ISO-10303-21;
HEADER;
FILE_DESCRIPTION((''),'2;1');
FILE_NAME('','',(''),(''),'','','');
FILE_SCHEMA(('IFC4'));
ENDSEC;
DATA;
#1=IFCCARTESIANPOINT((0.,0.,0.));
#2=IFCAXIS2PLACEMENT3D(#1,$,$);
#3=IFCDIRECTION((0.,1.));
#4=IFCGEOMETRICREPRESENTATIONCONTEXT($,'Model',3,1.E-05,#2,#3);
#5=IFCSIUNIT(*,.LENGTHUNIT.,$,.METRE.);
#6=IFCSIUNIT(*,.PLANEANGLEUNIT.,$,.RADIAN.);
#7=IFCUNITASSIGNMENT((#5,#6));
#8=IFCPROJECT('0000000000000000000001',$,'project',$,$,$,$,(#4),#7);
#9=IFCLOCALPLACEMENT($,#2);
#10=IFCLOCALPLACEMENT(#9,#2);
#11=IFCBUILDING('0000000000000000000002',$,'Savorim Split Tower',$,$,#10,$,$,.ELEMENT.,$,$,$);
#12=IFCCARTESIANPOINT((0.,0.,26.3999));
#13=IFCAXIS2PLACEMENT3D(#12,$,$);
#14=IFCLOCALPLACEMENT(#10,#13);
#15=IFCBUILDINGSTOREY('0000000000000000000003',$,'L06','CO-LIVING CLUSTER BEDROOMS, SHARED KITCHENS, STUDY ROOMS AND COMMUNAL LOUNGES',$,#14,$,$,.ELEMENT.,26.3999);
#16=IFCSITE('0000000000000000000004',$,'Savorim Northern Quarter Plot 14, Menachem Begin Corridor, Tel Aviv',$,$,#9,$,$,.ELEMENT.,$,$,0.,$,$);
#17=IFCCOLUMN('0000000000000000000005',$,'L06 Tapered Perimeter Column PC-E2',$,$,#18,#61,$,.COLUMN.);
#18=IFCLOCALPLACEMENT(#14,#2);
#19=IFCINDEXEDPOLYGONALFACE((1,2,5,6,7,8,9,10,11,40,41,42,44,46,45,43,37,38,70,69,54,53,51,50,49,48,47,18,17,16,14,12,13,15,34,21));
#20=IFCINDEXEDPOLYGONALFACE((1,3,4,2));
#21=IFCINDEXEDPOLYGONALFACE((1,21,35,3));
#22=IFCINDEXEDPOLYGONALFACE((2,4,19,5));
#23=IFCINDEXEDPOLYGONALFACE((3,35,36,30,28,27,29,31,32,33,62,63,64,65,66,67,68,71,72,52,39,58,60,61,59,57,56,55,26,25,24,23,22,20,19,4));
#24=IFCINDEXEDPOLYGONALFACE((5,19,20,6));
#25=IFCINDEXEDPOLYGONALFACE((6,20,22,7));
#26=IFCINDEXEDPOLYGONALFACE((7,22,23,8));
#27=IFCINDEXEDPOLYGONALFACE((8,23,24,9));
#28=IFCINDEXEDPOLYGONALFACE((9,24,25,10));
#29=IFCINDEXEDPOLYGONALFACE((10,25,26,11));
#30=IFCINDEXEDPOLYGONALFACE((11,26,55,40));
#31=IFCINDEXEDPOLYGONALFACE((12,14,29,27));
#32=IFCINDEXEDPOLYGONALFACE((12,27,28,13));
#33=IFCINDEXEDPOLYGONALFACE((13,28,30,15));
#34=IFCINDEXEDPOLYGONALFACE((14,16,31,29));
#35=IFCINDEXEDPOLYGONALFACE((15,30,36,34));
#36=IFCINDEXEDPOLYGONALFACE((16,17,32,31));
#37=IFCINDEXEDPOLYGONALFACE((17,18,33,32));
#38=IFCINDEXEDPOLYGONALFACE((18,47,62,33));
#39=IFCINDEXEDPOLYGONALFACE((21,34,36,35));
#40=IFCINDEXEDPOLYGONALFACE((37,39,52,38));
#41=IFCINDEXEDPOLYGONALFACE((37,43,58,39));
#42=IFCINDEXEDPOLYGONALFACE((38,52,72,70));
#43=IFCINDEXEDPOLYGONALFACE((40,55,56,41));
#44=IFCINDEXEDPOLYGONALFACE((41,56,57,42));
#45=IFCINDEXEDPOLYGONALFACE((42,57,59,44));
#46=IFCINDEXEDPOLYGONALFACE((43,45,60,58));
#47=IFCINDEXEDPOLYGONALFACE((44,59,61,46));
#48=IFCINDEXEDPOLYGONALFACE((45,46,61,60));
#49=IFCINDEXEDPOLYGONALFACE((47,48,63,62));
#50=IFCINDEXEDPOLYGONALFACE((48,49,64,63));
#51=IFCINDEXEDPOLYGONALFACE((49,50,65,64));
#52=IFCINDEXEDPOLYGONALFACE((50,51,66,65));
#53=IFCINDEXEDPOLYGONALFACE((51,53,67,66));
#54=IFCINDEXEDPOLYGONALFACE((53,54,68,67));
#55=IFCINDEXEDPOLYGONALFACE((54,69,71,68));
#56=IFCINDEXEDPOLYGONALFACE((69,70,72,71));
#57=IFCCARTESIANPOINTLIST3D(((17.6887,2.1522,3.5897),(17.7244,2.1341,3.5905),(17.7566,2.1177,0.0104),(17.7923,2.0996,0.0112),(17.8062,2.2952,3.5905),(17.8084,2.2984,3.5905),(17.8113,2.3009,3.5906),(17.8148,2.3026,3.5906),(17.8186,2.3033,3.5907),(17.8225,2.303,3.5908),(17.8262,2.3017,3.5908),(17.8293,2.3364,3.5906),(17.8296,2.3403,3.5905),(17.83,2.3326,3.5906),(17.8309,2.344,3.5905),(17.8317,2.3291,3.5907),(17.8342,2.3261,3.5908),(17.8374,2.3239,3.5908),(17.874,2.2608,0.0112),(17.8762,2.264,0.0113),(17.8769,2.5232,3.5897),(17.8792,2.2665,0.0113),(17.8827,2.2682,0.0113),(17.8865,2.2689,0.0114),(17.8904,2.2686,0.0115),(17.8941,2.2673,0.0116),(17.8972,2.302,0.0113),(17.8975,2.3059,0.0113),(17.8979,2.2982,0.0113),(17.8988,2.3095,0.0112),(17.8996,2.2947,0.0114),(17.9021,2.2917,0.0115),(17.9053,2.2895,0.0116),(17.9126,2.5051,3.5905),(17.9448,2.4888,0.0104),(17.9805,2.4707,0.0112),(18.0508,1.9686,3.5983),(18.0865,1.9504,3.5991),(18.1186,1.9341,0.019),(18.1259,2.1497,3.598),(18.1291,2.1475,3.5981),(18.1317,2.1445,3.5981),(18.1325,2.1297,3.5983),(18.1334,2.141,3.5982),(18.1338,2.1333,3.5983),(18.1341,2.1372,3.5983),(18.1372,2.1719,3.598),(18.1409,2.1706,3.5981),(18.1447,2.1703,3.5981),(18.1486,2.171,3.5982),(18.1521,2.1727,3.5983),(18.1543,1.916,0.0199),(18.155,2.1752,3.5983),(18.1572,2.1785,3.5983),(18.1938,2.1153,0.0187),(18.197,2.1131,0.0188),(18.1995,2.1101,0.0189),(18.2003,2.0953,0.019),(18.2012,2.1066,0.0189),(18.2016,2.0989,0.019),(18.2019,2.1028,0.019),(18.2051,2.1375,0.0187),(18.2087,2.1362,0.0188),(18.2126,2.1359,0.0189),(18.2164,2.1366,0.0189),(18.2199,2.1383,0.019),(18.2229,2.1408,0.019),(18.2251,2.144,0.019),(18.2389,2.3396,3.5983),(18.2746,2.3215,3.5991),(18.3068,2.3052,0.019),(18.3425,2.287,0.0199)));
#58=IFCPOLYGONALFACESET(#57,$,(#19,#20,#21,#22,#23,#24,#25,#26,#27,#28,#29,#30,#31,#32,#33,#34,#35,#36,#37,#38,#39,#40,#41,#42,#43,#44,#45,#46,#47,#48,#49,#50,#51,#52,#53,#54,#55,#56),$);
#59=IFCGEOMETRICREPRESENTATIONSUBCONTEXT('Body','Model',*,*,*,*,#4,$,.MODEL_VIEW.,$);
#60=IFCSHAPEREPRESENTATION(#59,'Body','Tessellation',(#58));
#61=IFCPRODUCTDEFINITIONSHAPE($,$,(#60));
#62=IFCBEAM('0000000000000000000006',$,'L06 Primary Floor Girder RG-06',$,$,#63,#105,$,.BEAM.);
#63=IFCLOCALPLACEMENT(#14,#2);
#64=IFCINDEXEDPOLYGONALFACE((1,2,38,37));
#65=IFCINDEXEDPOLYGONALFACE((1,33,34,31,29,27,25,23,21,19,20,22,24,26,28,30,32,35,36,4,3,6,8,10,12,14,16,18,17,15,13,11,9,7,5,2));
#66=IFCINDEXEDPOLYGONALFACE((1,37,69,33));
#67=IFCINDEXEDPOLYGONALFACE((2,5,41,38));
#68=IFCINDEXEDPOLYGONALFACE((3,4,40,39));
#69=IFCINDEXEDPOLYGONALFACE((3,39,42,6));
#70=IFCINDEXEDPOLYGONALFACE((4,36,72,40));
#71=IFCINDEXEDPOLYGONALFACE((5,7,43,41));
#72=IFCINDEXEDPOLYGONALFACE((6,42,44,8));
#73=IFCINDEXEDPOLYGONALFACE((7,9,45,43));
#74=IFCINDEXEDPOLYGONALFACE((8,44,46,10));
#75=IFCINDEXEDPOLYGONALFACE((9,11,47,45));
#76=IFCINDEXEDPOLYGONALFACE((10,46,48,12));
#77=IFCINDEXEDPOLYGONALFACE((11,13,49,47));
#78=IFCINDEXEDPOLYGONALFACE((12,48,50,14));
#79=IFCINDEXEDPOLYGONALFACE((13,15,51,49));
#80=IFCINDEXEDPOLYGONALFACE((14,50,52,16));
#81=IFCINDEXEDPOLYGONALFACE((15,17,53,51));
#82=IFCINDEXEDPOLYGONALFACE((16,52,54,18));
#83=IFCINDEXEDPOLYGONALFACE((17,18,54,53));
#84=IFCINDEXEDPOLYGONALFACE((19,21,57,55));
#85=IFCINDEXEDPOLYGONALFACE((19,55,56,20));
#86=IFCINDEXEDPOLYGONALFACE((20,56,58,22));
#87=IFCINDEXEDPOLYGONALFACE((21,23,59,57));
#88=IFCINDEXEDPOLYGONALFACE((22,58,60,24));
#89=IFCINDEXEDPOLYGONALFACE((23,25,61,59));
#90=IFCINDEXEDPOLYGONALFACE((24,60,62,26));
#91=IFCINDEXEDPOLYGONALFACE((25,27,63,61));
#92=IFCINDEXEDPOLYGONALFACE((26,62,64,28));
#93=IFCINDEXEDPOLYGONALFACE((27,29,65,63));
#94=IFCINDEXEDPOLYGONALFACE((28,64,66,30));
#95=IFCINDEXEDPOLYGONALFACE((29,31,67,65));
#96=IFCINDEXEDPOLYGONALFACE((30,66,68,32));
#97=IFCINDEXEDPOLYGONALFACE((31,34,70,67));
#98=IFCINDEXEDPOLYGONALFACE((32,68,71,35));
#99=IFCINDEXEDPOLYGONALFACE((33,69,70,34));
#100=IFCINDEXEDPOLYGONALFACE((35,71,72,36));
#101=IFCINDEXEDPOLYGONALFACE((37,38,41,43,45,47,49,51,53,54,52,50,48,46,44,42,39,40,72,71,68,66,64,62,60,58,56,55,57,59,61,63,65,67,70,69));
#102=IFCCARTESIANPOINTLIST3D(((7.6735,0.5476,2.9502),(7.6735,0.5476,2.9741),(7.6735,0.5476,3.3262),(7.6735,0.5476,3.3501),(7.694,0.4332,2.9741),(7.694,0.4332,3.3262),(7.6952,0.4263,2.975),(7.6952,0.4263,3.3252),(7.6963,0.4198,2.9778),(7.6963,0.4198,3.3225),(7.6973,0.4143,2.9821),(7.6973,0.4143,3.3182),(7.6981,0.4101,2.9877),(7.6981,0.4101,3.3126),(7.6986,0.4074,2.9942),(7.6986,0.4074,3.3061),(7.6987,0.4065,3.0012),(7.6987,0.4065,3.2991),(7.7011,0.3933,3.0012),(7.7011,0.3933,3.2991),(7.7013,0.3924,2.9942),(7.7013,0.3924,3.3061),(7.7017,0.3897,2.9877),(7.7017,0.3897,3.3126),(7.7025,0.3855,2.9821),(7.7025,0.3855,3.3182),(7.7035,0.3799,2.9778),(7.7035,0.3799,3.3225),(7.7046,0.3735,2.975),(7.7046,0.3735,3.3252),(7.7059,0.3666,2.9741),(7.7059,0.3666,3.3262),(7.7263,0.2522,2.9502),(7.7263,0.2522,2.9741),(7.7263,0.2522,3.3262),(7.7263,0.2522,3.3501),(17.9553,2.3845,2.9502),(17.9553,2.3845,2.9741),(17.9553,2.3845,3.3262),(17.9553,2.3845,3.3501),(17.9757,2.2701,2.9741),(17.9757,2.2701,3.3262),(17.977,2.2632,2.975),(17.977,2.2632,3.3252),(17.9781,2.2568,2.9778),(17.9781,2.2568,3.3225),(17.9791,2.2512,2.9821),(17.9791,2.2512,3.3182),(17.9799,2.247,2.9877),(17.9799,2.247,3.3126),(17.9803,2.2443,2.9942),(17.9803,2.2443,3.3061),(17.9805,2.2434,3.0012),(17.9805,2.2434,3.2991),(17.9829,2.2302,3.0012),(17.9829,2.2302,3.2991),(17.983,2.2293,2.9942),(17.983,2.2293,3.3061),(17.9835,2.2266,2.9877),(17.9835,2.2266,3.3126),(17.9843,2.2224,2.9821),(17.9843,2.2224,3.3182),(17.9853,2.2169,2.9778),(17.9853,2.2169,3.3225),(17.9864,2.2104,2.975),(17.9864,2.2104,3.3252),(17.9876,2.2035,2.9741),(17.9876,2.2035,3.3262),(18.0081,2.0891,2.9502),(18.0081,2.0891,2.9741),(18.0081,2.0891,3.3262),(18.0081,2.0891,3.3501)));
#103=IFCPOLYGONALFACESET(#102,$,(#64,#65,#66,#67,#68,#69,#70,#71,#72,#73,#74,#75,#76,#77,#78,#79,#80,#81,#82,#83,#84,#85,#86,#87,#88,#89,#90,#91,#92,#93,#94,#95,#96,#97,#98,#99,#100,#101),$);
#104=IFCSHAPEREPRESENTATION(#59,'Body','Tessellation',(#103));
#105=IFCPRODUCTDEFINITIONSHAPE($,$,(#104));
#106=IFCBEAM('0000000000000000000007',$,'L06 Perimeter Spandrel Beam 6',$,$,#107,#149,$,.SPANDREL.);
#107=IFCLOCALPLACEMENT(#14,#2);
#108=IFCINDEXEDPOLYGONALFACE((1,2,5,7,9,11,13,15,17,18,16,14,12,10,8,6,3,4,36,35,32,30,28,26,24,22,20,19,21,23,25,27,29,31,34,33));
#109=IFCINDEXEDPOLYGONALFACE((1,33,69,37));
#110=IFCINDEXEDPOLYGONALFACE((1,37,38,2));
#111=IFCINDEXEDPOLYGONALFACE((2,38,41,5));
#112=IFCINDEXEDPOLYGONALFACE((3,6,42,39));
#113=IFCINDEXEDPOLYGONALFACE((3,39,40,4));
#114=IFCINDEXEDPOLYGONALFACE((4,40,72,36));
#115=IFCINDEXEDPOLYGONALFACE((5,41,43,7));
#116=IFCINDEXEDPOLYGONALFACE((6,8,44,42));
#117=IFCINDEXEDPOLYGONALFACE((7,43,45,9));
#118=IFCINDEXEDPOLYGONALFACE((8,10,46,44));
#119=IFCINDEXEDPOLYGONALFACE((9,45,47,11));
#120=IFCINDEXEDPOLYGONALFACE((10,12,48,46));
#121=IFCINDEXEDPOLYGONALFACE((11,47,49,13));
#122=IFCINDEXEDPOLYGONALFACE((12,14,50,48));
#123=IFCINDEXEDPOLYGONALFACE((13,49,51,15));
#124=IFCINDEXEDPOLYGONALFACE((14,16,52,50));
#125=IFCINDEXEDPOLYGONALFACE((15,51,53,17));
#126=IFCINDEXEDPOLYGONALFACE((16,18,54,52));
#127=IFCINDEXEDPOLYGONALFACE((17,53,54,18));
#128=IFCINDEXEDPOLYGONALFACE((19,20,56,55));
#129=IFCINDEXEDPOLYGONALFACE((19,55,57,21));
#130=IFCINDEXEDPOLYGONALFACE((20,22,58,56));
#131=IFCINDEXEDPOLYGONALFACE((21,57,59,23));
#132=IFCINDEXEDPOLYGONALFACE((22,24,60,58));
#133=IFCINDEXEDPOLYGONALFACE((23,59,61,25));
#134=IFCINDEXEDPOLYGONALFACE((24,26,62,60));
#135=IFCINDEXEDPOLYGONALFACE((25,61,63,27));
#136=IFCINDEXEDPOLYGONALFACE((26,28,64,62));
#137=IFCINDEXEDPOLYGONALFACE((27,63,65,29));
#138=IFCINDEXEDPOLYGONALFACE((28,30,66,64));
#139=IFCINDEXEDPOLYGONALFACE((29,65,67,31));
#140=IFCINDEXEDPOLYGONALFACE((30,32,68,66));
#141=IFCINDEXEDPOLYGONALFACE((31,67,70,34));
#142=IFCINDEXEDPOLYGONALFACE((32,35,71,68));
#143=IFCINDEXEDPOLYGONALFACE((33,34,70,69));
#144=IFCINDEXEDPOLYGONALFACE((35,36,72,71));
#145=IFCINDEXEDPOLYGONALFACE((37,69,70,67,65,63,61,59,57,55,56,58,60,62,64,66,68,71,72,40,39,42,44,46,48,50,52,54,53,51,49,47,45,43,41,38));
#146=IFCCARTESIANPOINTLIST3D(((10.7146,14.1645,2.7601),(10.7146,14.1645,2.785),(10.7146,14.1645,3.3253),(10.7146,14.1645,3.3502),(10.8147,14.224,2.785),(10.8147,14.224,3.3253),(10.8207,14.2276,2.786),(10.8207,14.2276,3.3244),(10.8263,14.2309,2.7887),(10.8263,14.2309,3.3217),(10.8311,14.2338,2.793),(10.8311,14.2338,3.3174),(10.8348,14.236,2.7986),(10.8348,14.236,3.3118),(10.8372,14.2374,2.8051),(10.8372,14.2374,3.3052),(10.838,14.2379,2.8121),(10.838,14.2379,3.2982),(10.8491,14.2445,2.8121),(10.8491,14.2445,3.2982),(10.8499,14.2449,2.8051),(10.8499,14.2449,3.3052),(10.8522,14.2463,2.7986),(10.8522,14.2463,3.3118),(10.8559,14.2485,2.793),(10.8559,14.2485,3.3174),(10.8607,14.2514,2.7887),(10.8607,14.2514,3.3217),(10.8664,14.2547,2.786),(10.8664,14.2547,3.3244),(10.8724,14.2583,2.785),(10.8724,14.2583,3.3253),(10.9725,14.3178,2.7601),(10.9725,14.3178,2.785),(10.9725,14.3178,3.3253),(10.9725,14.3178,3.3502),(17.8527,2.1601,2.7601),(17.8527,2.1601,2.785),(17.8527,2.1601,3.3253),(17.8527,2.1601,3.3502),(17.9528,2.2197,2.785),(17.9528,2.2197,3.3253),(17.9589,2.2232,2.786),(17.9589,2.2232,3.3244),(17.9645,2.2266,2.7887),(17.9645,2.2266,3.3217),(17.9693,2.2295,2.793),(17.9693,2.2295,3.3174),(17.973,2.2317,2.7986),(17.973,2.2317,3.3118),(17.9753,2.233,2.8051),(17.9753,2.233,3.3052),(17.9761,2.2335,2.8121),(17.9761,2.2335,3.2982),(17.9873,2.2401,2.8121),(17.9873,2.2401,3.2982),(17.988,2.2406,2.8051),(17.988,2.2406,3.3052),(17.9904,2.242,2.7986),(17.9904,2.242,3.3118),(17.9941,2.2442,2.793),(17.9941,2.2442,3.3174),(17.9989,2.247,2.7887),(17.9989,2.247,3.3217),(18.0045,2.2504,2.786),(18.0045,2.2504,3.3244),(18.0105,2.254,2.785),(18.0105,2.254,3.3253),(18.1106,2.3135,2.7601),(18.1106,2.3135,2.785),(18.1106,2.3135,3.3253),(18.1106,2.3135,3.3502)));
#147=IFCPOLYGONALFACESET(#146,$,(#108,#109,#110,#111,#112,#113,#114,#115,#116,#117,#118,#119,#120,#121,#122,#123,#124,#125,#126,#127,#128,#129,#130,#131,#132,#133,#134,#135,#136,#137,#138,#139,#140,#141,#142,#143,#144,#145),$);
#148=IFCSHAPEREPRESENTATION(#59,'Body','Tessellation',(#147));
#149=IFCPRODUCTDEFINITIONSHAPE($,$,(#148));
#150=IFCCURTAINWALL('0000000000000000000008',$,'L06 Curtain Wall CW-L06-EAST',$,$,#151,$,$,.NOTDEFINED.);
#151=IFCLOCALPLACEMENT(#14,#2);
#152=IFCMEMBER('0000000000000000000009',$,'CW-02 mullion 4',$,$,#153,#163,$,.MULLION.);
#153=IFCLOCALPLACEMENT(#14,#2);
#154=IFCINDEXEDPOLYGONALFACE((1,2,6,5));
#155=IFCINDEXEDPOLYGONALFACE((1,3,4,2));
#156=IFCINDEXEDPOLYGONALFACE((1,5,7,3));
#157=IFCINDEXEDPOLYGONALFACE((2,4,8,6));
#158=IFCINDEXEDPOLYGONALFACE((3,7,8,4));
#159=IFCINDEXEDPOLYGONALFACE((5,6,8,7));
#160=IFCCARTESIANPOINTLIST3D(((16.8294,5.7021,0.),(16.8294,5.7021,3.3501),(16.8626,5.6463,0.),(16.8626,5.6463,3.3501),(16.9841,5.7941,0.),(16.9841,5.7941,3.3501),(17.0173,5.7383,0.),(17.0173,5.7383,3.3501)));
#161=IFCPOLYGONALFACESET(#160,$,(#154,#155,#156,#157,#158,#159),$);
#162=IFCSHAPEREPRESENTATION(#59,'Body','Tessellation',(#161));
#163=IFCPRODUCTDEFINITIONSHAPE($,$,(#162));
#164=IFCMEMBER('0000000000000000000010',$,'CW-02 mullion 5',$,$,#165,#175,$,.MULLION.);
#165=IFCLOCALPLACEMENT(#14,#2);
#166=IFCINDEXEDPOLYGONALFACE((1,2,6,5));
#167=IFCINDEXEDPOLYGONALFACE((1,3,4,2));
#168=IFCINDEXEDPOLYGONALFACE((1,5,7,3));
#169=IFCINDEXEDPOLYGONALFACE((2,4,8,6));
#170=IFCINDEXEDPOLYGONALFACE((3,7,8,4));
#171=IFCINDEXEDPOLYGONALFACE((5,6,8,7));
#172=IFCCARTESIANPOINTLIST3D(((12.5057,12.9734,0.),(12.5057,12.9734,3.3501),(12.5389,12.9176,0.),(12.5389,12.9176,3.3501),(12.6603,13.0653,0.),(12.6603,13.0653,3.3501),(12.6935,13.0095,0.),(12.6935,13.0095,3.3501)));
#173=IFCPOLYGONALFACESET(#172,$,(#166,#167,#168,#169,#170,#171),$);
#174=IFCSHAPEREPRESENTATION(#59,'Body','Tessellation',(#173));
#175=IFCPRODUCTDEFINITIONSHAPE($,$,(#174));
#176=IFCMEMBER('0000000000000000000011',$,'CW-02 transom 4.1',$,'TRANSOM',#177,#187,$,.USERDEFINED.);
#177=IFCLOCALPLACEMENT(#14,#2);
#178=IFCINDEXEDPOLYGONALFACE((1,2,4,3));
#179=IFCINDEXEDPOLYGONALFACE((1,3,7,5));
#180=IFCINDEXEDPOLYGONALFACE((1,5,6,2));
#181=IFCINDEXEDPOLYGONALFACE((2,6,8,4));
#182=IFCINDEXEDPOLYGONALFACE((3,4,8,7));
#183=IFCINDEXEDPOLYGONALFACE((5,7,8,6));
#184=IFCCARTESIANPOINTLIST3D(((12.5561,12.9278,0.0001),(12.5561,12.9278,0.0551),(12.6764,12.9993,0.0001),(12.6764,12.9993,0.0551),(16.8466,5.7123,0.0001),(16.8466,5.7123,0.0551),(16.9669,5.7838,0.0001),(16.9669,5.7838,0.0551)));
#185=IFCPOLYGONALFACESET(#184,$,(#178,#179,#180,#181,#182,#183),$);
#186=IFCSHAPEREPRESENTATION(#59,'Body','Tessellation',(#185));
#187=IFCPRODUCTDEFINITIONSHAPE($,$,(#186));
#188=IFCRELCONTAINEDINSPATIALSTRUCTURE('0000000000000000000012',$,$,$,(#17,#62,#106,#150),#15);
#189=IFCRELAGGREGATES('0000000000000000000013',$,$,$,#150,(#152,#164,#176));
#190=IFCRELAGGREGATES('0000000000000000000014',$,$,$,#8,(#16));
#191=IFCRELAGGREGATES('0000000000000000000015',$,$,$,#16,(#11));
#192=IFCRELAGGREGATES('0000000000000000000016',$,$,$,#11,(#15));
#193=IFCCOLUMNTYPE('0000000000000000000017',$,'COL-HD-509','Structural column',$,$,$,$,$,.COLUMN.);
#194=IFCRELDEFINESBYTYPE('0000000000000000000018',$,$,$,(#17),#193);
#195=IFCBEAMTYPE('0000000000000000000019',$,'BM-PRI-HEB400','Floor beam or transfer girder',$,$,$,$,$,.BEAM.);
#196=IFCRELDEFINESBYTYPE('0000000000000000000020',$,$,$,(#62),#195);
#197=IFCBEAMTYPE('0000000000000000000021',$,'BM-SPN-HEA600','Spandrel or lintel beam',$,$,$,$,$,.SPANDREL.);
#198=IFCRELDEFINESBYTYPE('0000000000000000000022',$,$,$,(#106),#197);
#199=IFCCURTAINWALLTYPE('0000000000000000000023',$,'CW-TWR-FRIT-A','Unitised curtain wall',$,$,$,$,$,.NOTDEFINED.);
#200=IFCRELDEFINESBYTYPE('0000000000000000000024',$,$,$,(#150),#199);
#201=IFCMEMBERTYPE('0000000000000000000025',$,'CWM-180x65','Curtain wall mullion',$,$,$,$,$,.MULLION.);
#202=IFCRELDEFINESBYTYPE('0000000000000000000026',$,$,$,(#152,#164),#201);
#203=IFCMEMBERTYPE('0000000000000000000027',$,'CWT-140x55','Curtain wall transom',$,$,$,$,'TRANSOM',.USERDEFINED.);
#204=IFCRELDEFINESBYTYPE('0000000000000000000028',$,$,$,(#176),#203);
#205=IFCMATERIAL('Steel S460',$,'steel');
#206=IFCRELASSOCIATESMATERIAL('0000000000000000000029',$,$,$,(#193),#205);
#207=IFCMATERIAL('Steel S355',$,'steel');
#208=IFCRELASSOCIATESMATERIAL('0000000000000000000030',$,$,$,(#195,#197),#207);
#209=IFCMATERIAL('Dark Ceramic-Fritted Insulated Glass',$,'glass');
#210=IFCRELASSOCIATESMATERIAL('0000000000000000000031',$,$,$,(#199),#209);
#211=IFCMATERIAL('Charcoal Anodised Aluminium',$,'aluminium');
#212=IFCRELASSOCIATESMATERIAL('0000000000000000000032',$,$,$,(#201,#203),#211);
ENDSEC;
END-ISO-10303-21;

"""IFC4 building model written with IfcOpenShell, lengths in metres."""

from ifc_helpers import new_model, si_unit, direction, frame, origin, origin_2d, place, context, subcontext, project, spatial, rectangle, i_section, extrude, material, material_profile, profile_set, type_object, element, aggregate, save


model = new_model("IFC4")

# Units and contexts
model_context = context("Model", 3, precision=1e-05, world=origin(), true_north=direction((0.0, 1.0)))
body_context = subcontext(model_context, "Body", "Model", "MODEL_VIEW")
ifc_project = project(units=[si_unit("LENGTHUNIT", "METRE"), si_unit("PLANEANGLEUNIT", "RADIAN")], contexts=[model_context])

# Site, building, storey
site_placement = place(None, origin())
site = spatial("IfcSite", under=ifc_project, at=site_placement, Name="Savorim Northern Quarter Plot 14, Menachem Begin Corridor, Tel Aviv", CompositionType="ELEMENT", RefElevation=0.0)
building_placement = place(site_placement, origin())
building = spatial("IfcBuilding", under=site, at=building_placement, Name="Savorim Split Tower", CompositionType="ELEMENT")
storey_placement = place(building_placement, frame((0.0, 0.0, 26.3999)))
storey = spatial("IfcBuildingStorey", under=building, at=storey_placement, Name="L06", Description="CO-LIVING CLUSTER BEDROOMS, SHARED KITCHENS, STUDY ROOMS AND COMMUNAL LOUNGES", CompositionType="ELEMENT", Elevation=26.3999)

# Column
ifc_material_1 = material(Name="Steel S460", Category="steel")
ifc_material_profile_1 = material_profile(ifc_material_1, i_section(OverallWidth=0.416, OverallDepth=0.446, WebThickness=0.0249, FlangeThickness=0.04, FilletRadius=0.0149, at=origin_2d()), Name="HD 400x509")
ifc_profile_set_1 = profile_set([ifc_material_profile_1], Name="Steel S460")
column_type = type_object("IfcColumnType", Name="COL-HD-509", Description="Structural column", PredefinedType="COLUMN", material=ifc_profile_set_1)
column_placement = place(storey_placement, frame((18.0496, 2.2024, 0.0151), z_axis=(-0.018958, 0.009615, 0.999774), x_axis=(-0.452339, -0.891846, 0.0)))
element("IfcColumn", 1, at=column_placement, inside=storey, type_object=column_type, Name="L06 Tapered Perimeter Column PC-E2", PredefinedType="COLUMN", context=body_context, shape_type="SweptSolid", body=[
    extrude(i_section(OverallWidth=0.416, OverallDepth=0.446, WebThickness=0.0249, FlangeThickness=0.04, FilletRadius=0.0149, at=origin_2d()), origin(), (0.0, 0.0, 1.0), 3.5801),
])

# Beams
ifc_material_2 = material(Name="Steel S355", Category="steel")
ifc_material_profile_2 = material_profile(ifc_material_2, i_section(OverallWidth=0.3, OverallDepth=0.3999, WebThickness=0.0134, FlangeThickness=0.0239, FilletRadius=0.0271, at=origin_2d()), Name="HEB 400")
ifc_profile_set_2 = profile_set([ifc_material_profile_2], Name="Steel S355")
beam_type_1 = type_object("IfcBeamType", Name="BM-PRI-HEB400", Description="Floor beam or transfer girder", PredefinedType="BEAM", material=ifc_profile_set_2)
beam_1_placement = place(storey_placement, frame((17.9817, 2.2368, 3.1501), z_axis=(-0.984413, -0.175873, 0.0), x_axis=(0.175873, -0.984413, 0.0)))
element("IfcBeam", 2, at=beam_1_placement, inside=storey, type_object=beam_type_1, Name="L06 Primary Floor Girder RG-06", PredefinedType="BEAM", context=body_context, shape_type="SweptSolid", body=[
    extrude(i_section(OverallWidth=0.3, OverallDepth=0.3999, WebThickness=0.0134, FlangeThickness=0.0239, FilletRadius=0.0271, at=origin_2d()), origin(), (0.0, 0.0, 1.0), 10.4446),
])
ifc_material_profile_3 = material_profile(ifc_material_2, i_section(OverallWidth=0.3, OverallDepth=0.5901, WebThickness=0.0129, FlangeThickness=0.0249, FilletRadius=0.0271, at=origin_2d()), Name="HEA 600")
ifc_profile_set_3 = profile_set([ifc_material_profile_3], Name="Steel S355")
beam_type_2 = type_object("IfcBeamType", Name="BM-SPN-HEA600", Description="Spandrel or lintel beam", PredefinedType="SPANDREL", material=ifc_profile_set_3)
beam_2_placement = place(storey_placement, frame((17.9817, 2.2368, 3.0552), z_axis=(-0.511098, 0.859522, 0.0), x_axis=(-0.859522, -0.511098, 0.0)))
element("IfcBeam", 3, at=beam_2_placement, inside=storey, type_object=beam_type_2, Name="L06 Perimeter Spandrel Beam 6", PredefinedType="SPANDREL", context=body_context, shape_type="SweptSolid", body=[
    extrude(i_section(OverallWidth=0.3, OverallDepth=0.5901, WebThickness=0.0129, FlangeThickness=0.0249, FilletRadius=0.0271, at=origin_2d()), origin(), (0.0, 0.0, 1.0), 13.9663),
])

# Curtain wall, members
ifc_material_3 = material(Name="Dark Ceramic-Fritted Insulated Glass", Category="glass")
curtain_wall_type = type_object("IfcCurtainWallType", Name="CW-TWR-FRIT-A", Description="Unitised curtain wall", PredefinedType="NOTDEFINED", material=ifc_material_3)
curtain_wall_placement = place(storey_placement, origin())
curtain_wall = element("IfcCurtainWall", 4, at=curtain_wall_placement, inside=storey, type_object=curtain_wall_type, Name="L06 Curtain Wall CW-L06-EAST", PredefinedType="NOTDEFINED")
ifc_material_4 = material(Name="Charcoal Anodised Aluminium", Category="aluminium")
ifc_material_profile_4 = material_profile(ifc_material_4, rectangle(XDim=0.1799, YDim=0.0649, at=origin_2d()), Name="ALU-M 180x65")
ifc_profile_set_4 = profile_set([ifc_material_profile_4], Name="Charcoal Anodised Aluminium")
member_type_1 = type_object("IfcMemberType", Name="CWM-180x65", Description="Curtain wall mullion", PredefinedType="MULLION", material=ifc_profile_set_4)
member_1_placement = place(storey_placement, frame((16.9233, 5.7202, 0.0), z_axis=(0.0, 0.0, 1.0), x_axis=(-0.859526, -0.511092, 0.0)))
member_1 = element("IfcMember", 5, at=member_1_placement, type_object=member_type_1, Name="CW-02 mullion 4", PredefinedType="MULLION", context=body_context, shape_type="SweptSolid", body=[
    extrude(rectangle(XDim=0.1799, YDim=0.0649, at=origin_2d()), origin(), (0.0, 0.0, 1.0), 3.3501),
])
member_2_placement = place(storey_placement, frame((12.5996, 12.9915, 0.0), z_axis=(0.0, 0.0, 1.0), x_axis=(-0.859526, -0.511092, 0.0)))
member_2 = element("IfcMember", 6, at=member_2_placement, type_object=member_type_1, Name="CW-02 mullion 5", PredefinedType="MULLION", context=body_context, shape_type="SweptSolid", body=[
    extrude(rectangle(XDim=0.1799, YDim=0.0649, at=origin_2d()), origin(), (0.0, 0.0, 1.0), 3.3501),
])
ifc_material_profile_5 = material_profile(ifc_material_4, rectangle(XDim=0.1399, YDim=0.0549, at=origin_2d()), Name="ALU-T 140x55")
ifc_profile_set_5 = profile_set([ifc_material_profile_5], Name="Charcoal Anodised Aluminium")
member_type_2 = type_object("IfcMemberType", Name="CWT-140x55", Description="Curtain wall transom", ElementType="TRANSOM", PredefinedType="USERDEFINED", material=ifc_profile_set_5)
member_3_placement = place(storey_placement, frame((16.9067, 5.748, 0.0276), z_axis=(-0.511092, 0.859526, 0.0), x_axis=(-0.859526, -0.511092, 0.0)))
member_3 = element("IfcMember", 7, at=member_3_placement, type_object=member_type_2, Name="CW-02 transom 4.1", ObjectType="TRANSOM", PredefinedType="USERDEFINED", context=body_context, shape_type="SweptSolid", body=[
    extrude(rectangle(XDim=0.1399, YDim=0.0549, at=origin_2d()), origin(), (0.0, 0.0, 1.0), 8.3948),
])
aggregate(curtain_wall, [member_1, member_2, member_3])

save(model, "model.ifc")
